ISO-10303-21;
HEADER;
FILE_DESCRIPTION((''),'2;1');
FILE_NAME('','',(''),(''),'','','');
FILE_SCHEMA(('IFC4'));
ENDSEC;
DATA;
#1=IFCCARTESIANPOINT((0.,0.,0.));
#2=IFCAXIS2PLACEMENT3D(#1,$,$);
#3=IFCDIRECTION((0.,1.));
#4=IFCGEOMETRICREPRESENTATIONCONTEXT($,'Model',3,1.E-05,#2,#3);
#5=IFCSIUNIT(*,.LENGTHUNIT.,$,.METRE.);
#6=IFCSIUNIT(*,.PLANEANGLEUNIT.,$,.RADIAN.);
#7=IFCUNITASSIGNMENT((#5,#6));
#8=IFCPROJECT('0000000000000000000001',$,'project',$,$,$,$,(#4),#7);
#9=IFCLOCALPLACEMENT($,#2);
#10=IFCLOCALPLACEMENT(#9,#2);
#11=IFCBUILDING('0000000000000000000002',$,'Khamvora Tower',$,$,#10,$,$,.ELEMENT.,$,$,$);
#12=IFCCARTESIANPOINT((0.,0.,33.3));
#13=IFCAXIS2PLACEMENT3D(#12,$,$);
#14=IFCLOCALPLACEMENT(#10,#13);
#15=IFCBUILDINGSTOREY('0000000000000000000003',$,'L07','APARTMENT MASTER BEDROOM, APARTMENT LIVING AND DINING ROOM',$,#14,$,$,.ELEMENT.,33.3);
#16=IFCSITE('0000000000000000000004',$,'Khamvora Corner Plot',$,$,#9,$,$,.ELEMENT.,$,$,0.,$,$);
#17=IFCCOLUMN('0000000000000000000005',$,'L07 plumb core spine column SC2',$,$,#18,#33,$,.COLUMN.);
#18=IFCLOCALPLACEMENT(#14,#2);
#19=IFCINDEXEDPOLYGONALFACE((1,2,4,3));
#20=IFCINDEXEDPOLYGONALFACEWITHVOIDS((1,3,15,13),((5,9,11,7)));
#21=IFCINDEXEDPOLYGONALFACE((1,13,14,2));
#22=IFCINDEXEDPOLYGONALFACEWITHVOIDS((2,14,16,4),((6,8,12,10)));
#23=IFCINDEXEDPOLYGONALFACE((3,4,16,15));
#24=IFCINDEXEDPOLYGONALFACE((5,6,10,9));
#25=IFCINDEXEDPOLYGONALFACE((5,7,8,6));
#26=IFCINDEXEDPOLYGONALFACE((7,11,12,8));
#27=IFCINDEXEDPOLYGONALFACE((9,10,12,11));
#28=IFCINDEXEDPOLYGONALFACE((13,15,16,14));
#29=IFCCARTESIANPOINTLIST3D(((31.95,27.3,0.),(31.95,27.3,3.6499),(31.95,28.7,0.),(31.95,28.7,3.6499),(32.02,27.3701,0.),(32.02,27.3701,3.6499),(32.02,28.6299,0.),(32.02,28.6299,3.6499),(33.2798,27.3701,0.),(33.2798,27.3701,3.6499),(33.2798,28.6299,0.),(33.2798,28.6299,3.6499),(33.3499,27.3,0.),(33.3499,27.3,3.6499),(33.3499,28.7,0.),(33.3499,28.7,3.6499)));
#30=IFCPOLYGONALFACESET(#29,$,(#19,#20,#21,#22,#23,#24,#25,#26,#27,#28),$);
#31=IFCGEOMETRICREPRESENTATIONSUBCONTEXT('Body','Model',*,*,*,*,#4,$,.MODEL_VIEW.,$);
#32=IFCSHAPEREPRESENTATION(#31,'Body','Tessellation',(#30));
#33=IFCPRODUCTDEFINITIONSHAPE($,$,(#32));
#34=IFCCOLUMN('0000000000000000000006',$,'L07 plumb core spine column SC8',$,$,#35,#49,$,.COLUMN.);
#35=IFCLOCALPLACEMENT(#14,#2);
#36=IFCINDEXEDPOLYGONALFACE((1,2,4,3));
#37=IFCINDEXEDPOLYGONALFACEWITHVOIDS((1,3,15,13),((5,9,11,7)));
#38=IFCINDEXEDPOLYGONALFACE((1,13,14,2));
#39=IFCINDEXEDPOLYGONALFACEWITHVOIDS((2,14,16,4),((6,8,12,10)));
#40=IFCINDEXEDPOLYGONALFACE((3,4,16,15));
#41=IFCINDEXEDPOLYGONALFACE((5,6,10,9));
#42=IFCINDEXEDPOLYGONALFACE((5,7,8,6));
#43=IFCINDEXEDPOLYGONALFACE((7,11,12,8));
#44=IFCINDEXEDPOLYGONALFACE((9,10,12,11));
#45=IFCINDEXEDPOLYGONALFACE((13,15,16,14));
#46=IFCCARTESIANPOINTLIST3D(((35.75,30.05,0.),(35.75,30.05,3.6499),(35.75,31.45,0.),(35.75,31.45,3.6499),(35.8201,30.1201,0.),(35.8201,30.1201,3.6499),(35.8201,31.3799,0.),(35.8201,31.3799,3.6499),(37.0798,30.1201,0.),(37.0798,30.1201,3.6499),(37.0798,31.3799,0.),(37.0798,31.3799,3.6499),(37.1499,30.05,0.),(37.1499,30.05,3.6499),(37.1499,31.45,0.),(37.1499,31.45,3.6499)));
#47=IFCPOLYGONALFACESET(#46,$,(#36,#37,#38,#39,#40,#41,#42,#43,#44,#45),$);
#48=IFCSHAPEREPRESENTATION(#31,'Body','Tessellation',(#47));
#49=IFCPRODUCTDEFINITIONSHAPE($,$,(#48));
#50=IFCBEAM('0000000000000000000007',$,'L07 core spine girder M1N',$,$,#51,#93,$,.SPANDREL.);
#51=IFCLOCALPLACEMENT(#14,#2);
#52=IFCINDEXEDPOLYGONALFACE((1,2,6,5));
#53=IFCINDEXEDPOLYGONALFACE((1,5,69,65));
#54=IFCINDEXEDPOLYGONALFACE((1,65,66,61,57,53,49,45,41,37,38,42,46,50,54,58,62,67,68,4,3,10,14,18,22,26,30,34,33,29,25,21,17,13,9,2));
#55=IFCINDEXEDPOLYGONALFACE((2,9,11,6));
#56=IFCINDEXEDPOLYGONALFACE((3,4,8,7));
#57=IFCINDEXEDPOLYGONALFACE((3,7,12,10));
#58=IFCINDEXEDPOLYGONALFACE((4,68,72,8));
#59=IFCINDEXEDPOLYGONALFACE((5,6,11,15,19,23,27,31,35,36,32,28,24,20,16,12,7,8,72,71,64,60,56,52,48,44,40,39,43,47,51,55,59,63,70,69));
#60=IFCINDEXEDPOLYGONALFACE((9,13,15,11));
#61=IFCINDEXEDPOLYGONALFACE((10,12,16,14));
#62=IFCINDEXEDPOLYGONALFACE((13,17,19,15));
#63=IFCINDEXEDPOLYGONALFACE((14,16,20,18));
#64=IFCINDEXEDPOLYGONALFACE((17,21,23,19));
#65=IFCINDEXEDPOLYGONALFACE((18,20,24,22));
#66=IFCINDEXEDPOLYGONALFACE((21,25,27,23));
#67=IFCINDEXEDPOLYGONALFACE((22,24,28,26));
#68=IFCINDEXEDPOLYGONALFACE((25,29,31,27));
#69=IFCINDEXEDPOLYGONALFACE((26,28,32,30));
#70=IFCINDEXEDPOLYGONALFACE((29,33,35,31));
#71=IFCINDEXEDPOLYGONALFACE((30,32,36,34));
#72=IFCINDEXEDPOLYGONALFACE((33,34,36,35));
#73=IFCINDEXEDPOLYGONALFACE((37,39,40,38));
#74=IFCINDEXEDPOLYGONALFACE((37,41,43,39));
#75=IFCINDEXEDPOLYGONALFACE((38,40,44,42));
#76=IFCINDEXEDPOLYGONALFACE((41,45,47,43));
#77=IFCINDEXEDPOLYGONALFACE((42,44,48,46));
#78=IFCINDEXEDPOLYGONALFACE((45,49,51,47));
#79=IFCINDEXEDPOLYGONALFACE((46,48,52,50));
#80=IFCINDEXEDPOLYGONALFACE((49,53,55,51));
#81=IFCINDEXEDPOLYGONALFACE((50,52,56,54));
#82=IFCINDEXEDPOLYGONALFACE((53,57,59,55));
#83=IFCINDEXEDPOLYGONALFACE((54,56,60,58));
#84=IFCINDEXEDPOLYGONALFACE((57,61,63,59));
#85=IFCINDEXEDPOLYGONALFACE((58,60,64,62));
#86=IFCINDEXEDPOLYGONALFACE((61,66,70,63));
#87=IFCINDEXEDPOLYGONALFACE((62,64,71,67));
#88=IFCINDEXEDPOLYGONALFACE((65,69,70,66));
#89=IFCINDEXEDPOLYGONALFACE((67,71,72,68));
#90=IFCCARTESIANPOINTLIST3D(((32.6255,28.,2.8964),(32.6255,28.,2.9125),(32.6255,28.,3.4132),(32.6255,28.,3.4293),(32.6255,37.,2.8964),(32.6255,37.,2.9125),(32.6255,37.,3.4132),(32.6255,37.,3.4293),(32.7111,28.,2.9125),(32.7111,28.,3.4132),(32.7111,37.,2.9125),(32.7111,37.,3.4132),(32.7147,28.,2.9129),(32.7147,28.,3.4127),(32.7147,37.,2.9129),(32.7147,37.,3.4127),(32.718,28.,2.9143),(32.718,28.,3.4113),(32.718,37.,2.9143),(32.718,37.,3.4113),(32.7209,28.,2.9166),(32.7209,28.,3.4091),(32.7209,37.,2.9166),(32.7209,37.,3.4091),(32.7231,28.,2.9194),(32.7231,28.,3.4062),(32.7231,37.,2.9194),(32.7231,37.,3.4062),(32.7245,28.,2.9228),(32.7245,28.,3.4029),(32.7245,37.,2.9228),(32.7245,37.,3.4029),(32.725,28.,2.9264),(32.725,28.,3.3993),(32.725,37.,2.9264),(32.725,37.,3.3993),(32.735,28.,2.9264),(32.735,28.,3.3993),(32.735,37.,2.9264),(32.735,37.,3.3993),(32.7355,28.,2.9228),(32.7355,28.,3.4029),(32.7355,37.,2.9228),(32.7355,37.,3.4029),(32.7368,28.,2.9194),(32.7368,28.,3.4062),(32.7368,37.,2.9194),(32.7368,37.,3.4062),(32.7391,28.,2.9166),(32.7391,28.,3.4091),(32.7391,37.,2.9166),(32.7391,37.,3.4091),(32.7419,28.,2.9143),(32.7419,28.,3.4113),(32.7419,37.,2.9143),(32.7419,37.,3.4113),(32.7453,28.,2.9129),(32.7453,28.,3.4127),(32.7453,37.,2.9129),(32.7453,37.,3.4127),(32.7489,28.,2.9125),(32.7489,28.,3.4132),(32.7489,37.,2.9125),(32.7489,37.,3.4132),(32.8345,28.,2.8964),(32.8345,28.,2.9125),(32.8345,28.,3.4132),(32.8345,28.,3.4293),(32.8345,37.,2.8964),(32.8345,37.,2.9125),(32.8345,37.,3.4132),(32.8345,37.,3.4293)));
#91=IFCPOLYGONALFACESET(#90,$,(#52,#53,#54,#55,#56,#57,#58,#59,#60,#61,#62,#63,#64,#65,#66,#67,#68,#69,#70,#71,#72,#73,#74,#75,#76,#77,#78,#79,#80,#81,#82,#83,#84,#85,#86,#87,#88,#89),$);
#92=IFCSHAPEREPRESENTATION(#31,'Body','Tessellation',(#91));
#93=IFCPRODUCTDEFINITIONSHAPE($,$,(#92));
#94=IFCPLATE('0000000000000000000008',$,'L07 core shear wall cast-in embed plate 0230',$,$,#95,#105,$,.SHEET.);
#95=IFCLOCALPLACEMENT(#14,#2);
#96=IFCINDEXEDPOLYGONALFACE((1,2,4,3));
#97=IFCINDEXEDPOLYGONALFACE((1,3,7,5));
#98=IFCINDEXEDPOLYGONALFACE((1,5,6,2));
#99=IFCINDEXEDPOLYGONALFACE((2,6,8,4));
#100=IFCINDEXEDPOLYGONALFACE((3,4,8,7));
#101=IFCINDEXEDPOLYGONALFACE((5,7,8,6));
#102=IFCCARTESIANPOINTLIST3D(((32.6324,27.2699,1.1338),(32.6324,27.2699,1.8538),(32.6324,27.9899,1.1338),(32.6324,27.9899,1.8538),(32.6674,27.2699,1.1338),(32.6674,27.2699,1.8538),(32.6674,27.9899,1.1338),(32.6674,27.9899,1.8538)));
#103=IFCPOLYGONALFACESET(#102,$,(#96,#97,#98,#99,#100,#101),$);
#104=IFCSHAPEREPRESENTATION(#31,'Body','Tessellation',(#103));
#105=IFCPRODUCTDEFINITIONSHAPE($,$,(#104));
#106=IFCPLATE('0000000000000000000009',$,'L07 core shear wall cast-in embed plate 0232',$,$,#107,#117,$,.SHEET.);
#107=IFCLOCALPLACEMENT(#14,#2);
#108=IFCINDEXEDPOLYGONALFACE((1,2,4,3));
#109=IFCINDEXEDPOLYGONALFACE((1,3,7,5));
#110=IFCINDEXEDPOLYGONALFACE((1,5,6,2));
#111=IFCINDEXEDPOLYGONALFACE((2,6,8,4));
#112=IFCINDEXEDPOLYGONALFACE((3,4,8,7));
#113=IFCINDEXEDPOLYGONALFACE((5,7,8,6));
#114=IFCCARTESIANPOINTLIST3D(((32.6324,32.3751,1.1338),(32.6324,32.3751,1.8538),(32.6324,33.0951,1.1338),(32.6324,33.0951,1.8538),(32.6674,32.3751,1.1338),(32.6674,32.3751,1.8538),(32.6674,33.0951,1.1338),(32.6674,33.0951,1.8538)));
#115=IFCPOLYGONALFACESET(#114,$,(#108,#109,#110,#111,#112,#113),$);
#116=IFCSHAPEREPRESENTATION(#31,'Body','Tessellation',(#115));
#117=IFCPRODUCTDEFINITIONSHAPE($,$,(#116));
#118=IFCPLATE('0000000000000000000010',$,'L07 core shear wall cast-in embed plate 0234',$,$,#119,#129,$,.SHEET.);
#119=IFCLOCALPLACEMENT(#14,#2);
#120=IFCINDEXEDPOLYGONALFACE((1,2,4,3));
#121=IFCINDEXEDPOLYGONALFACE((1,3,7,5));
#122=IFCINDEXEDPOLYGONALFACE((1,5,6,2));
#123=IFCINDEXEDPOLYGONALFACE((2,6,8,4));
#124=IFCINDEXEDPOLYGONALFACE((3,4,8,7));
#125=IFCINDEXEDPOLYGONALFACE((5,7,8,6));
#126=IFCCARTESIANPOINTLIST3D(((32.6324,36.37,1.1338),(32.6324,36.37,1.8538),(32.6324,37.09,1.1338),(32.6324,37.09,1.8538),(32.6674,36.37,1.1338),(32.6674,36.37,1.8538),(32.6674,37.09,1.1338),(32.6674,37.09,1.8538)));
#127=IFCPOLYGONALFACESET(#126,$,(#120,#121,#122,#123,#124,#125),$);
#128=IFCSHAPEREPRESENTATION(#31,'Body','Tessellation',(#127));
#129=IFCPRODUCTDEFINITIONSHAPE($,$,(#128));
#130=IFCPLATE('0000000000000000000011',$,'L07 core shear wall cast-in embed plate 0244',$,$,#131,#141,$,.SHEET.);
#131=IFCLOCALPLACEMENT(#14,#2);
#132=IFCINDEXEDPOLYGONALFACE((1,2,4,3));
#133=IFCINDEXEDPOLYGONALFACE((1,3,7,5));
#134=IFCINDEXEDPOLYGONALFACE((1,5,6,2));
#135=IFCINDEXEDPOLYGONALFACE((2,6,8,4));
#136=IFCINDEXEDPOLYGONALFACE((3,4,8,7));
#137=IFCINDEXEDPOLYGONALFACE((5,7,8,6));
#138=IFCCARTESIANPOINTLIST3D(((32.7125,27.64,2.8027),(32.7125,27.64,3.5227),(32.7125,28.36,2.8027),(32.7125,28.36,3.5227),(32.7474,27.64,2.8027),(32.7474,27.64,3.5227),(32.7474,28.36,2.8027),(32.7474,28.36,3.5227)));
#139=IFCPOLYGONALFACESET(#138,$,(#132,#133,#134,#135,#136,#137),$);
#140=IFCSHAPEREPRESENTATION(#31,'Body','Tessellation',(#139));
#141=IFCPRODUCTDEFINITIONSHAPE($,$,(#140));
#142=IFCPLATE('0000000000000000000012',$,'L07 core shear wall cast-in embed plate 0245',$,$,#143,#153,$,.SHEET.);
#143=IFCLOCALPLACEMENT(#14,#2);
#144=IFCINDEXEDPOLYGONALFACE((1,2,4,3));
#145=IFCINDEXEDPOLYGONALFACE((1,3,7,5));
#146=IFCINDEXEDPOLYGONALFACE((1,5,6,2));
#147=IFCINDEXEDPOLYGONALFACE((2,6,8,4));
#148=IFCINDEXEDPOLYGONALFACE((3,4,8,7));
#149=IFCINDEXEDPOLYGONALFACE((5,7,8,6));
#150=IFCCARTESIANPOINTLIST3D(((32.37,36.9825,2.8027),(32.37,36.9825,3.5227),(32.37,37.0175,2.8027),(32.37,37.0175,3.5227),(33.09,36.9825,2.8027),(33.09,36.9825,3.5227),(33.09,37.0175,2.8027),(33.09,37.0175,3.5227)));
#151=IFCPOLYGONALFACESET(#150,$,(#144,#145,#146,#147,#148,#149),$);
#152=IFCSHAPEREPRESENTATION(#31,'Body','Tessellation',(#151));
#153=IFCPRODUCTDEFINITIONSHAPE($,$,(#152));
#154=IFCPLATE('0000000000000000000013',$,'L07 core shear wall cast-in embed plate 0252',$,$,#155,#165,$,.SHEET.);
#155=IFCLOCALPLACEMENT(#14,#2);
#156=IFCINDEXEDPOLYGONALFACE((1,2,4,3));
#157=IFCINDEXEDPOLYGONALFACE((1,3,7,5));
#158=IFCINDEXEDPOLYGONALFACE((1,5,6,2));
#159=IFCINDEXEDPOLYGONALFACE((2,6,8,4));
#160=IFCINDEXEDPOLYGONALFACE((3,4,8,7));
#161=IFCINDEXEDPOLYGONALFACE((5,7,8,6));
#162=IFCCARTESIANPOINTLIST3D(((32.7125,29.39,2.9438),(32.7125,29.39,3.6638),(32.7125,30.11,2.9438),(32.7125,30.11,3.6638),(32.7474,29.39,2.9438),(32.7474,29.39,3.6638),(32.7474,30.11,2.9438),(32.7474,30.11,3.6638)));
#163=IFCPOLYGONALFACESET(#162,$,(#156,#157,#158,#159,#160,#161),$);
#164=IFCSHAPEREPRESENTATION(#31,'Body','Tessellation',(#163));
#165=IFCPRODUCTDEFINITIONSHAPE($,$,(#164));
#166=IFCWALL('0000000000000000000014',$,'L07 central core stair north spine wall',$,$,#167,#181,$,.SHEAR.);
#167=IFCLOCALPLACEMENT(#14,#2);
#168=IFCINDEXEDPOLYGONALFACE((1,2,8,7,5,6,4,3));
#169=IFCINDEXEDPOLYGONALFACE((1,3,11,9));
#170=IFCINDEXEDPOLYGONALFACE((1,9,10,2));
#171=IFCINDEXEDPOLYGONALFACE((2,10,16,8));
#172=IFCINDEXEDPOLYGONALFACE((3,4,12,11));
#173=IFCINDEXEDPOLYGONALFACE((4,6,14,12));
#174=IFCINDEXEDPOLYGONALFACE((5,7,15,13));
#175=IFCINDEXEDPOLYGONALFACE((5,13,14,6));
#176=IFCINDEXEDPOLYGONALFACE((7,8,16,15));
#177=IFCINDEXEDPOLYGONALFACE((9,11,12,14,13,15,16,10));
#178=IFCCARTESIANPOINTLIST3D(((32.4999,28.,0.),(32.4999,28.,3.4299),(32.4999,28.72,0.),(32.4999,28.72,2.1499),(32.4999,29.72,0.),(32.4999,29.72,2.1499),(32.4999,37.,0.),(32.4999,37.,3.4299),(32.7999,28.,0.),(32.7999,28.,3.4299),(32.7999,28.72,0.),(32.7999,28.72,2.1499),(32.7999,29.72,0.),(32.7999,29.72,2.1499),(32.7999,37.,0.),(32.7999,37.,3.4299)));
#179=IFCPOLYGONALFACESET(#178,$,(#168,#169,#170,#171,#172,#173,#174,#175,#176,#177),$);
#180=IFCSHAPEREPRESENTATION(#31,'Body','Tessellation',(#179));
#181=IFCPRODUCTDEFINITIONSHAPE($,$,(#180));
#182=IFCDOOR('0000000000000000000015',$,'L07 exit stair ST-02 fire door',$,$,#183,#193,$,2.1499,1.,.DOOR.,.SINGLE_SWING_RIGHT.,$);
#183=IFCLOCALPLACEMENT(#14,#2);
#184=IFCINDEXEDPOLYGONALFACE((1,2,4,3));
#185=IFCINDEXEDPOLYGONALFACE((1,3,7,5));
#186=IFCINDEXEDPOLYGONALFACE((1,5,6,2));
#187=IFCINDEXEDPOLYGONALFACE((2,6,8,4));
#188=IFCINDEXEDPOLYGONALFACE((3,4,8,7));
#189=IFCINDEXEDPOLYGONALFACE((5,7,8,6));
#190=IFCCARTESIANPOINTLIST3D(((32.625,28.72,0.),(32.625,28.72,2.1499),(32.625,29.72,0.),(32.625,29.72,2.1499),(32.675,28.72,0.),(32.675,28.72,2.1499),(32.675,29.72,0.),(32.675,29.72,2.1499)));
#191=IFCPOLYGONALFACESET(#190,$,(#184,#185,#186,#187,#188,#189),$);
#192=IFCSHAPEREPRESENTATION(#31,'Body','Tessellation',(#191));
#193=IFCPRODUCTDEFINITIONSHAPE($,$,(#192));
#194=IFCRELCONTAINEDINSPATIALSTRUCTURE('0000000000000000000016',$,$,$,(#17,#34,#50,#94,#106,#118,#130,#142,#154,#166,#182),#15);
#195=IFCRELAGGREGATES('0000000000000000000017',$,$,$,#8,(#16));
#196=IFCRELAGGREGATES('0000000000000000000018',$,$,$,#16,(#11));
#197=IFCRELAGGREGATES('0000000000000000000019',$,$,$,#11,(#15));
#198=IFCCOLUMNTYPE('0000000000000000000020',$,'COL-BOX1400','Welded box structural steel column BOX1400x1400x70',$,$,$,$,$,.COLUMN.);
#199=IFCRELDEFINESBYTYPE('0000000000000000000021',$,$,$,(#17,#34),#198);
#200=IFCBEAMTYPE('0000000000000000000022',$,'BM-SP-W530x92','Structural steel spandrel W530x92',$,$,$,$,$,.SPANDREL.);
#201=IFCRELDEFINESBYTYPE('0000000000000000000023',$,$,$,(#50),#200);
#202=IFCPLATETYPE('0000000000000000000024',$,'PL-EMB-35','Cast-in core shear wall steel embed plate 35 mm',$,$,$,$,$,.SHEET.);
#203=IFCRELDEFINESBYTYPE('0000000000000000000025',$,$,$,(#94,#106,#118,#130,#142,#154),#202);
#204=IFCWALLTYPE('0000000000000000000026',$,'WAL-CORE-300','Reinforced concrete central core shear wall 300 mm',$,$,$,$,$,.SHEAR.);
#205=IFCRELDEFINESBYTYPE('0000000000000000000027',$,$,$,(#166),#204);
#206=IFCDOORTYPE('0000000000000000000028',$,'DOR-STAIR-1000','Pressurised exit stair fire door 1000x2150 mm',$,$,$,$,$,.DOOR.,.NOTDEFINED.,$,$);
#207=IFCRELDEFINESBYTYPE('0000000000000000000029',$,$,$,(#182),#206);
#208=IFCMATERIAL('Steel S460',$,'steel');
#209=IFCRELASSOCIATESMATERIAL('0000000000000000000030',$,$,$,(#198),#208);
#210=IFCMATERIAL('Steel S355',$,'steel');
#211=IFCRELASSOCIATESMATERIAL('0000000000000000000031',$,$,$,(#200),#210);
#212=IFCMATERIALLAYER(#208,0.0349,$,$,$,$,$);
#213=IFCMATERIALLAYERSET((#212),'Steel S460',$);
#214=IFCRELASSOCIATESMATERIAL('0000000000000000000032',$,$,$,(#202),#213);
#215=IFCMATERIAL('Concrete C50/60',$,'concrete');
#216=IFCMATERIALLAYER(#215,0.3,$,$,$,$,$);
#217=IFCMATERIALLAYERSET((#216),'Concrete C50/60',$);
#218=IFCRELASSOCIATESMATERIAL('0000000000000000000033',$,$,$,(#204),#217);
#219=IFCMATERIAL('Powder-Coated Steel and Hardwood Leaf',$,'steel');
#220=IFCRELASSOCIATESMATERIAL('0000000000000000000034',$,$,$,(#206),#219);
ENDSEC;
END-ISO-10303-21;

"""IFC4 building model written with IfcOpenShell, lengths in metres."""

from ifc_helpers import new_model, si_unit, direction, frame, frame_2d, origin, origin_2d, place, context, subcontext, project, spatial, rectangle, hollow_rectangle, i_section, extrude, material, layer, layer_set, material_profile, profile_set, type_object, element, fill, save


model = new_model("IFC4")

# Units and contexts
model_context = context("Model", 3, precision=1e-05, world=origin(), true_north=direction((0.0, 1.0)))
body_context = subcontext(model_context, "Body", "Model", "MODEL_VIEW")
ifc_project = project(units=[si_unit("LENGTHUNIT", "METRE"), si_unit("PLANEANGLEUNIT", "RADIAN")], contexts=[model_context])

# Site, building, storey
site_placement = place(None, origin())
site = spatial("IfcSite", under=ifc_project, at=site_placement, Name="Khamvora Corner Plot", CompositionType="ELEMENT", RefElevation=0.0)
building_placement = place(site_placement, origin())
building = spatial("IfcBuilding", under=site, at=building_placement, Name="Khamvora Tower", CompositionType="ELEMENT")
storey_placement = place(building_placement, frame((0.0, 0.0, 33.3)))
storey = spatial("IfcBuildingStorey", under=building, at=storey_placement, Name="L07", Description="APARTMENT MASTER BEDROOM, APARTMENT LIVING AND DINING ROOM", CompositionType="ELEMENT", Elevation=33.3)

# Columns
ifc_material_1 = material(Name="Steel S460", Category="steel")
ifc_material_profile_1 = material_profile(ifc_material_1, hollow_rectangle(XDim=1.3999, YDim=1.3999, WallThickness=0.0701, at=origin_2d()), Name="BOX1400x1400x70")
ifc_profile_set_1 = profile_set([ifc_material_profile_1], Name="Steel S460")
column_type = type_object("IfcColumnType", Name="COL-BOX1400", Description="Welded box structural steel column BOX1400x1400x70", PredefinedType="COLUMN", material=ifc_profile_set_1)
for number, where, z_axis, x_axis, name in (
    (1, (32.6499, 28.0, 0.0), (0.0, 0.0, 1.0), (1.0, 0.0, 0.0), "L07 plumb core spine column SC2"),
    (2, (36.45, 30.75, 0.0), (0.0, 0.0, 1.0), (1.0, 0.0, 0.0), "L07 plumb core spine column SC8"),
):
    element("IfcColumn", number, at=place(storey_placement, frame(where, z_axis=z_axis, x_axis=x_axis)), inside=storey, type_object=column_type, Name=name, PredefinedType="COLUMN", context=body_context, shape_type="SweptSolid", body=[
        extrude(hollow_rectangle(XDim=1.3999, YDim=1.3999, WallThickness=0.0701, at=origin_2d()), origin(), (0.0, 0.0, 1.0), 3.6499),
    ])

# Beam
ifc_material_2 = material(Name="Steel S355", Category="steel")
ifc_material_profile_2 = material_profile(ifc_material_2, i_section(OverallWidth=0.209, OverallDepth=0.533, WebThickness=0.01, FlangeThickness=0.0161, FilletRadius=0.0139, at=origin_2d()), Name="W530x92")
ifc_profile_set_2 = profile_set([ifc_material_profile_2], Name="Steel S355")
beam_type = type_object("IfcBeamType", Name="BM-SP-W530x92", Description="Structural steel spandrel W530x92", PredefinedType="SPANDREL", material=ifc_profile_set_2)
beam_placement = place(storey_placement, frame((32.73, 28.0, 3.1628), z_axis=(0.0, 1.0, 0.0), x_axis=(-1.0, 0.0, 0.0)))
element("IfcBeam", 3, at=beam_placement, inside=storey, type_object=beam_type, Name="L07 core spine girder M1N", PredefinedType="SPANDREL", context=body_context, shape_type="SweptSolid", body=[
    extrude(i_section(OverallWidth=0.209, OverallDepth=0.533, WebThickness=0.01, FlangeThickness=0.0161, FilletRadius=0.0139, at=origin_2d()), origin(), (0.0, 0.0, 1.0), 9.0),
])

# Plates
ifc_layer_1 = layer(ifc_material_1, 0.0349)
ifc_layer_set_1 = layer_set([ifc_layer_1], Name="Steel S460")
plate_type = type_object("IfcPlateType", Name="PL-EMB-35", Description="Cast-in core shear wall steel embed plate 35 mm", PredefinedType="SHEET", material=ifc_layer_set_1)
for number, where, z_axis, x_axis, name in (
    (4, (32.6499, 27.6299, 1.1338), (0.0, 0.0, 1.0), (1.0, 0.0, 0.0), "L07 core shear wall cast-in embed plate 0230"),
    (5, (32.6499, 32.7351, 1.1338), (0.0, 0.0, 1.0), (1.0, 0.0, 0.0), "L07 core shear wall cast-in embed plate 0232"),
    (6, (32.6499, 36.73, 1.1338), (0.0, 0.0, 1.0), (1.0, 0.0, 0.0), "L07 core shear wall cast-in embed plate 0234"),
    (7, (32.73, 28.0, 2.8027), (0.0, 0.0, 1.0), (1.0, 0.0, 0.0), "L07 core shear wall cast-in embed plate 0244"),
):
    element("IfcPlate", number, at=place(storey_placement, frame(where, z_axis=z_axis, x_axis=x_axis)), inside=storey, type_object=plate_type, Name=name, PredefinedType="SHEET", context=body_context, shape_type="SweptSolid", body=[
        extrude(rectangle(XDim=0.0349, YDim=0.72, at=origin_2d()), origin(), (0.0, 0.0, 1.0), 0.72),
    ])
plate_1_placement = place(storey_placement, frame((32.73, 37.0, 2.8027), z_axis=(0.0, 0.0, 1.0), x_axis=(1.0, 0.0, 0.0)))
element("IfcPlate", 8, at=plate_1_placement, inside=storey, type_object=plate_type, Name="L07 core shear wall cast-in embed plate 0245", PredefinedType="SHEET", context=body_context, shape_type="SweptSolid", body=[
    extrude(rectangle(XDim=0.72, YDim=0.0349, at=origin_2d()), origin(), (0.0, 0.0, 1.0), 0.72),
])
plate_2_placement = place(storey_placement, frame((32.73, 29.75, 2.9438), z_axis=(0.0, 0.0, 1.0), x_axis=(1.0, 0.0, 0.0)))
element("IfcPlate", 9, at=plate_2_placement, inside=storey, type_object=plate_type, Name="L07 core shear wall cast-in embed plate 0252", PredefinedType="SHEET", context=body_context, shape_type="SweptSolid", body=[
    extrude(rectangle(XDim=0.0349, YDim=0.72, at=origin_2d()), origin(), (0.0, 0.0, 1.0), 0.72),
])

# Wall, opening, door
ifc_material_3 = material(Name="Concrete C50/60", Category="concrete")
ifc_layer_2 = layer(ifc_material_3, 0.3)
ifc_layer_set_2 = layer_set([ifc_layer_2], Name="Concrete C50/60")
wall_type_1 = type_object("IfcWallType", Name="WAL-CORE-300", Description="Reinforced concrete central core shear wall 300 mm", PredefinedType="SHEAR", material=ifc_layer_set_2)
wall_1_placement = place(storey_placement, frame((32.6499, 28.0, 0.0), z_axis=(0.0, 0.0, 1.0), x_axis=(0.0, 1.0, 0.0)))
wall_1 = element("IfcWall", 10, at=wall_1_placement, inside=storey, type_object=wall_type_1, Name="L07 central core stair north spine wall", PredefinedType="SHEAR", context=body_context, shape_type="SweptSolid", body=[
    extrude(rectangle(XDim=9.0, YDim=0.3, at=frame_2d((4.5, 0.0))), origin(), (0.0, 0.0, 1.0), 3.4299),
])
opening_1_placement = place(wall_1_placement, frame((0.72, 0.0, 0.0)))
opening_1 = element("IfcOpeningElement", 11, at=opening_1_placement, cuts=wall_1, PredefinedType="OPENING", context=body_context, shape_type="SweptSolid", body=[
    extrude(rectangle(XDim=1.0, YDim=2.1499, at=frame_2d((0.5, 1.075))), frame((0.0, 0.1599, 0.0), z_axis=(0.0, -1.0, 0.0), x_axis=(1.0, 0.0, 0.0)), (0.0, 0.0, 1.0), 0.3201),
])
ifc_material_4 = material(Name="Powder-Coated Steel and Hardwood Leaf", Category="steel")
door_type_1 = type_object("IfcDoorType", Name="DOR-STAIR-1000", Description="Pressurised exit stair fire door 1000x2150 mm", OperationType="NOTDEFINED", PredefinedType="DOOR", material=ifc_material_4)
door_1_placement = place(opening_1_placement, origin())
door_1 = element("IfcDoor", 12, at=door_1_placement, inside=storey, type_object=door_type_1, Name="L07 exit stair ST-02 fire door", OperationType="SINGLE_SWING_RIGHT", OverallHeight=2.1499, OverallWidth=1.0, PredefinedType="DOOR", context=body_context, shape_type="SweptSolid", body=[
    extrude(rectangle(XDim=1.0, YDim=2.1499, at=frame_2d((0.5, 1.075))), frame((0.0, 0.0249, 0.0), z_axis=(0.0, -1.0, 0.0), x_axis=(1.0, 0.0, 0.0)), (0.0, 0.0, 1.0), 0.05),
])
fill(opening_1, door_1)

save(model, "model.ifc")
